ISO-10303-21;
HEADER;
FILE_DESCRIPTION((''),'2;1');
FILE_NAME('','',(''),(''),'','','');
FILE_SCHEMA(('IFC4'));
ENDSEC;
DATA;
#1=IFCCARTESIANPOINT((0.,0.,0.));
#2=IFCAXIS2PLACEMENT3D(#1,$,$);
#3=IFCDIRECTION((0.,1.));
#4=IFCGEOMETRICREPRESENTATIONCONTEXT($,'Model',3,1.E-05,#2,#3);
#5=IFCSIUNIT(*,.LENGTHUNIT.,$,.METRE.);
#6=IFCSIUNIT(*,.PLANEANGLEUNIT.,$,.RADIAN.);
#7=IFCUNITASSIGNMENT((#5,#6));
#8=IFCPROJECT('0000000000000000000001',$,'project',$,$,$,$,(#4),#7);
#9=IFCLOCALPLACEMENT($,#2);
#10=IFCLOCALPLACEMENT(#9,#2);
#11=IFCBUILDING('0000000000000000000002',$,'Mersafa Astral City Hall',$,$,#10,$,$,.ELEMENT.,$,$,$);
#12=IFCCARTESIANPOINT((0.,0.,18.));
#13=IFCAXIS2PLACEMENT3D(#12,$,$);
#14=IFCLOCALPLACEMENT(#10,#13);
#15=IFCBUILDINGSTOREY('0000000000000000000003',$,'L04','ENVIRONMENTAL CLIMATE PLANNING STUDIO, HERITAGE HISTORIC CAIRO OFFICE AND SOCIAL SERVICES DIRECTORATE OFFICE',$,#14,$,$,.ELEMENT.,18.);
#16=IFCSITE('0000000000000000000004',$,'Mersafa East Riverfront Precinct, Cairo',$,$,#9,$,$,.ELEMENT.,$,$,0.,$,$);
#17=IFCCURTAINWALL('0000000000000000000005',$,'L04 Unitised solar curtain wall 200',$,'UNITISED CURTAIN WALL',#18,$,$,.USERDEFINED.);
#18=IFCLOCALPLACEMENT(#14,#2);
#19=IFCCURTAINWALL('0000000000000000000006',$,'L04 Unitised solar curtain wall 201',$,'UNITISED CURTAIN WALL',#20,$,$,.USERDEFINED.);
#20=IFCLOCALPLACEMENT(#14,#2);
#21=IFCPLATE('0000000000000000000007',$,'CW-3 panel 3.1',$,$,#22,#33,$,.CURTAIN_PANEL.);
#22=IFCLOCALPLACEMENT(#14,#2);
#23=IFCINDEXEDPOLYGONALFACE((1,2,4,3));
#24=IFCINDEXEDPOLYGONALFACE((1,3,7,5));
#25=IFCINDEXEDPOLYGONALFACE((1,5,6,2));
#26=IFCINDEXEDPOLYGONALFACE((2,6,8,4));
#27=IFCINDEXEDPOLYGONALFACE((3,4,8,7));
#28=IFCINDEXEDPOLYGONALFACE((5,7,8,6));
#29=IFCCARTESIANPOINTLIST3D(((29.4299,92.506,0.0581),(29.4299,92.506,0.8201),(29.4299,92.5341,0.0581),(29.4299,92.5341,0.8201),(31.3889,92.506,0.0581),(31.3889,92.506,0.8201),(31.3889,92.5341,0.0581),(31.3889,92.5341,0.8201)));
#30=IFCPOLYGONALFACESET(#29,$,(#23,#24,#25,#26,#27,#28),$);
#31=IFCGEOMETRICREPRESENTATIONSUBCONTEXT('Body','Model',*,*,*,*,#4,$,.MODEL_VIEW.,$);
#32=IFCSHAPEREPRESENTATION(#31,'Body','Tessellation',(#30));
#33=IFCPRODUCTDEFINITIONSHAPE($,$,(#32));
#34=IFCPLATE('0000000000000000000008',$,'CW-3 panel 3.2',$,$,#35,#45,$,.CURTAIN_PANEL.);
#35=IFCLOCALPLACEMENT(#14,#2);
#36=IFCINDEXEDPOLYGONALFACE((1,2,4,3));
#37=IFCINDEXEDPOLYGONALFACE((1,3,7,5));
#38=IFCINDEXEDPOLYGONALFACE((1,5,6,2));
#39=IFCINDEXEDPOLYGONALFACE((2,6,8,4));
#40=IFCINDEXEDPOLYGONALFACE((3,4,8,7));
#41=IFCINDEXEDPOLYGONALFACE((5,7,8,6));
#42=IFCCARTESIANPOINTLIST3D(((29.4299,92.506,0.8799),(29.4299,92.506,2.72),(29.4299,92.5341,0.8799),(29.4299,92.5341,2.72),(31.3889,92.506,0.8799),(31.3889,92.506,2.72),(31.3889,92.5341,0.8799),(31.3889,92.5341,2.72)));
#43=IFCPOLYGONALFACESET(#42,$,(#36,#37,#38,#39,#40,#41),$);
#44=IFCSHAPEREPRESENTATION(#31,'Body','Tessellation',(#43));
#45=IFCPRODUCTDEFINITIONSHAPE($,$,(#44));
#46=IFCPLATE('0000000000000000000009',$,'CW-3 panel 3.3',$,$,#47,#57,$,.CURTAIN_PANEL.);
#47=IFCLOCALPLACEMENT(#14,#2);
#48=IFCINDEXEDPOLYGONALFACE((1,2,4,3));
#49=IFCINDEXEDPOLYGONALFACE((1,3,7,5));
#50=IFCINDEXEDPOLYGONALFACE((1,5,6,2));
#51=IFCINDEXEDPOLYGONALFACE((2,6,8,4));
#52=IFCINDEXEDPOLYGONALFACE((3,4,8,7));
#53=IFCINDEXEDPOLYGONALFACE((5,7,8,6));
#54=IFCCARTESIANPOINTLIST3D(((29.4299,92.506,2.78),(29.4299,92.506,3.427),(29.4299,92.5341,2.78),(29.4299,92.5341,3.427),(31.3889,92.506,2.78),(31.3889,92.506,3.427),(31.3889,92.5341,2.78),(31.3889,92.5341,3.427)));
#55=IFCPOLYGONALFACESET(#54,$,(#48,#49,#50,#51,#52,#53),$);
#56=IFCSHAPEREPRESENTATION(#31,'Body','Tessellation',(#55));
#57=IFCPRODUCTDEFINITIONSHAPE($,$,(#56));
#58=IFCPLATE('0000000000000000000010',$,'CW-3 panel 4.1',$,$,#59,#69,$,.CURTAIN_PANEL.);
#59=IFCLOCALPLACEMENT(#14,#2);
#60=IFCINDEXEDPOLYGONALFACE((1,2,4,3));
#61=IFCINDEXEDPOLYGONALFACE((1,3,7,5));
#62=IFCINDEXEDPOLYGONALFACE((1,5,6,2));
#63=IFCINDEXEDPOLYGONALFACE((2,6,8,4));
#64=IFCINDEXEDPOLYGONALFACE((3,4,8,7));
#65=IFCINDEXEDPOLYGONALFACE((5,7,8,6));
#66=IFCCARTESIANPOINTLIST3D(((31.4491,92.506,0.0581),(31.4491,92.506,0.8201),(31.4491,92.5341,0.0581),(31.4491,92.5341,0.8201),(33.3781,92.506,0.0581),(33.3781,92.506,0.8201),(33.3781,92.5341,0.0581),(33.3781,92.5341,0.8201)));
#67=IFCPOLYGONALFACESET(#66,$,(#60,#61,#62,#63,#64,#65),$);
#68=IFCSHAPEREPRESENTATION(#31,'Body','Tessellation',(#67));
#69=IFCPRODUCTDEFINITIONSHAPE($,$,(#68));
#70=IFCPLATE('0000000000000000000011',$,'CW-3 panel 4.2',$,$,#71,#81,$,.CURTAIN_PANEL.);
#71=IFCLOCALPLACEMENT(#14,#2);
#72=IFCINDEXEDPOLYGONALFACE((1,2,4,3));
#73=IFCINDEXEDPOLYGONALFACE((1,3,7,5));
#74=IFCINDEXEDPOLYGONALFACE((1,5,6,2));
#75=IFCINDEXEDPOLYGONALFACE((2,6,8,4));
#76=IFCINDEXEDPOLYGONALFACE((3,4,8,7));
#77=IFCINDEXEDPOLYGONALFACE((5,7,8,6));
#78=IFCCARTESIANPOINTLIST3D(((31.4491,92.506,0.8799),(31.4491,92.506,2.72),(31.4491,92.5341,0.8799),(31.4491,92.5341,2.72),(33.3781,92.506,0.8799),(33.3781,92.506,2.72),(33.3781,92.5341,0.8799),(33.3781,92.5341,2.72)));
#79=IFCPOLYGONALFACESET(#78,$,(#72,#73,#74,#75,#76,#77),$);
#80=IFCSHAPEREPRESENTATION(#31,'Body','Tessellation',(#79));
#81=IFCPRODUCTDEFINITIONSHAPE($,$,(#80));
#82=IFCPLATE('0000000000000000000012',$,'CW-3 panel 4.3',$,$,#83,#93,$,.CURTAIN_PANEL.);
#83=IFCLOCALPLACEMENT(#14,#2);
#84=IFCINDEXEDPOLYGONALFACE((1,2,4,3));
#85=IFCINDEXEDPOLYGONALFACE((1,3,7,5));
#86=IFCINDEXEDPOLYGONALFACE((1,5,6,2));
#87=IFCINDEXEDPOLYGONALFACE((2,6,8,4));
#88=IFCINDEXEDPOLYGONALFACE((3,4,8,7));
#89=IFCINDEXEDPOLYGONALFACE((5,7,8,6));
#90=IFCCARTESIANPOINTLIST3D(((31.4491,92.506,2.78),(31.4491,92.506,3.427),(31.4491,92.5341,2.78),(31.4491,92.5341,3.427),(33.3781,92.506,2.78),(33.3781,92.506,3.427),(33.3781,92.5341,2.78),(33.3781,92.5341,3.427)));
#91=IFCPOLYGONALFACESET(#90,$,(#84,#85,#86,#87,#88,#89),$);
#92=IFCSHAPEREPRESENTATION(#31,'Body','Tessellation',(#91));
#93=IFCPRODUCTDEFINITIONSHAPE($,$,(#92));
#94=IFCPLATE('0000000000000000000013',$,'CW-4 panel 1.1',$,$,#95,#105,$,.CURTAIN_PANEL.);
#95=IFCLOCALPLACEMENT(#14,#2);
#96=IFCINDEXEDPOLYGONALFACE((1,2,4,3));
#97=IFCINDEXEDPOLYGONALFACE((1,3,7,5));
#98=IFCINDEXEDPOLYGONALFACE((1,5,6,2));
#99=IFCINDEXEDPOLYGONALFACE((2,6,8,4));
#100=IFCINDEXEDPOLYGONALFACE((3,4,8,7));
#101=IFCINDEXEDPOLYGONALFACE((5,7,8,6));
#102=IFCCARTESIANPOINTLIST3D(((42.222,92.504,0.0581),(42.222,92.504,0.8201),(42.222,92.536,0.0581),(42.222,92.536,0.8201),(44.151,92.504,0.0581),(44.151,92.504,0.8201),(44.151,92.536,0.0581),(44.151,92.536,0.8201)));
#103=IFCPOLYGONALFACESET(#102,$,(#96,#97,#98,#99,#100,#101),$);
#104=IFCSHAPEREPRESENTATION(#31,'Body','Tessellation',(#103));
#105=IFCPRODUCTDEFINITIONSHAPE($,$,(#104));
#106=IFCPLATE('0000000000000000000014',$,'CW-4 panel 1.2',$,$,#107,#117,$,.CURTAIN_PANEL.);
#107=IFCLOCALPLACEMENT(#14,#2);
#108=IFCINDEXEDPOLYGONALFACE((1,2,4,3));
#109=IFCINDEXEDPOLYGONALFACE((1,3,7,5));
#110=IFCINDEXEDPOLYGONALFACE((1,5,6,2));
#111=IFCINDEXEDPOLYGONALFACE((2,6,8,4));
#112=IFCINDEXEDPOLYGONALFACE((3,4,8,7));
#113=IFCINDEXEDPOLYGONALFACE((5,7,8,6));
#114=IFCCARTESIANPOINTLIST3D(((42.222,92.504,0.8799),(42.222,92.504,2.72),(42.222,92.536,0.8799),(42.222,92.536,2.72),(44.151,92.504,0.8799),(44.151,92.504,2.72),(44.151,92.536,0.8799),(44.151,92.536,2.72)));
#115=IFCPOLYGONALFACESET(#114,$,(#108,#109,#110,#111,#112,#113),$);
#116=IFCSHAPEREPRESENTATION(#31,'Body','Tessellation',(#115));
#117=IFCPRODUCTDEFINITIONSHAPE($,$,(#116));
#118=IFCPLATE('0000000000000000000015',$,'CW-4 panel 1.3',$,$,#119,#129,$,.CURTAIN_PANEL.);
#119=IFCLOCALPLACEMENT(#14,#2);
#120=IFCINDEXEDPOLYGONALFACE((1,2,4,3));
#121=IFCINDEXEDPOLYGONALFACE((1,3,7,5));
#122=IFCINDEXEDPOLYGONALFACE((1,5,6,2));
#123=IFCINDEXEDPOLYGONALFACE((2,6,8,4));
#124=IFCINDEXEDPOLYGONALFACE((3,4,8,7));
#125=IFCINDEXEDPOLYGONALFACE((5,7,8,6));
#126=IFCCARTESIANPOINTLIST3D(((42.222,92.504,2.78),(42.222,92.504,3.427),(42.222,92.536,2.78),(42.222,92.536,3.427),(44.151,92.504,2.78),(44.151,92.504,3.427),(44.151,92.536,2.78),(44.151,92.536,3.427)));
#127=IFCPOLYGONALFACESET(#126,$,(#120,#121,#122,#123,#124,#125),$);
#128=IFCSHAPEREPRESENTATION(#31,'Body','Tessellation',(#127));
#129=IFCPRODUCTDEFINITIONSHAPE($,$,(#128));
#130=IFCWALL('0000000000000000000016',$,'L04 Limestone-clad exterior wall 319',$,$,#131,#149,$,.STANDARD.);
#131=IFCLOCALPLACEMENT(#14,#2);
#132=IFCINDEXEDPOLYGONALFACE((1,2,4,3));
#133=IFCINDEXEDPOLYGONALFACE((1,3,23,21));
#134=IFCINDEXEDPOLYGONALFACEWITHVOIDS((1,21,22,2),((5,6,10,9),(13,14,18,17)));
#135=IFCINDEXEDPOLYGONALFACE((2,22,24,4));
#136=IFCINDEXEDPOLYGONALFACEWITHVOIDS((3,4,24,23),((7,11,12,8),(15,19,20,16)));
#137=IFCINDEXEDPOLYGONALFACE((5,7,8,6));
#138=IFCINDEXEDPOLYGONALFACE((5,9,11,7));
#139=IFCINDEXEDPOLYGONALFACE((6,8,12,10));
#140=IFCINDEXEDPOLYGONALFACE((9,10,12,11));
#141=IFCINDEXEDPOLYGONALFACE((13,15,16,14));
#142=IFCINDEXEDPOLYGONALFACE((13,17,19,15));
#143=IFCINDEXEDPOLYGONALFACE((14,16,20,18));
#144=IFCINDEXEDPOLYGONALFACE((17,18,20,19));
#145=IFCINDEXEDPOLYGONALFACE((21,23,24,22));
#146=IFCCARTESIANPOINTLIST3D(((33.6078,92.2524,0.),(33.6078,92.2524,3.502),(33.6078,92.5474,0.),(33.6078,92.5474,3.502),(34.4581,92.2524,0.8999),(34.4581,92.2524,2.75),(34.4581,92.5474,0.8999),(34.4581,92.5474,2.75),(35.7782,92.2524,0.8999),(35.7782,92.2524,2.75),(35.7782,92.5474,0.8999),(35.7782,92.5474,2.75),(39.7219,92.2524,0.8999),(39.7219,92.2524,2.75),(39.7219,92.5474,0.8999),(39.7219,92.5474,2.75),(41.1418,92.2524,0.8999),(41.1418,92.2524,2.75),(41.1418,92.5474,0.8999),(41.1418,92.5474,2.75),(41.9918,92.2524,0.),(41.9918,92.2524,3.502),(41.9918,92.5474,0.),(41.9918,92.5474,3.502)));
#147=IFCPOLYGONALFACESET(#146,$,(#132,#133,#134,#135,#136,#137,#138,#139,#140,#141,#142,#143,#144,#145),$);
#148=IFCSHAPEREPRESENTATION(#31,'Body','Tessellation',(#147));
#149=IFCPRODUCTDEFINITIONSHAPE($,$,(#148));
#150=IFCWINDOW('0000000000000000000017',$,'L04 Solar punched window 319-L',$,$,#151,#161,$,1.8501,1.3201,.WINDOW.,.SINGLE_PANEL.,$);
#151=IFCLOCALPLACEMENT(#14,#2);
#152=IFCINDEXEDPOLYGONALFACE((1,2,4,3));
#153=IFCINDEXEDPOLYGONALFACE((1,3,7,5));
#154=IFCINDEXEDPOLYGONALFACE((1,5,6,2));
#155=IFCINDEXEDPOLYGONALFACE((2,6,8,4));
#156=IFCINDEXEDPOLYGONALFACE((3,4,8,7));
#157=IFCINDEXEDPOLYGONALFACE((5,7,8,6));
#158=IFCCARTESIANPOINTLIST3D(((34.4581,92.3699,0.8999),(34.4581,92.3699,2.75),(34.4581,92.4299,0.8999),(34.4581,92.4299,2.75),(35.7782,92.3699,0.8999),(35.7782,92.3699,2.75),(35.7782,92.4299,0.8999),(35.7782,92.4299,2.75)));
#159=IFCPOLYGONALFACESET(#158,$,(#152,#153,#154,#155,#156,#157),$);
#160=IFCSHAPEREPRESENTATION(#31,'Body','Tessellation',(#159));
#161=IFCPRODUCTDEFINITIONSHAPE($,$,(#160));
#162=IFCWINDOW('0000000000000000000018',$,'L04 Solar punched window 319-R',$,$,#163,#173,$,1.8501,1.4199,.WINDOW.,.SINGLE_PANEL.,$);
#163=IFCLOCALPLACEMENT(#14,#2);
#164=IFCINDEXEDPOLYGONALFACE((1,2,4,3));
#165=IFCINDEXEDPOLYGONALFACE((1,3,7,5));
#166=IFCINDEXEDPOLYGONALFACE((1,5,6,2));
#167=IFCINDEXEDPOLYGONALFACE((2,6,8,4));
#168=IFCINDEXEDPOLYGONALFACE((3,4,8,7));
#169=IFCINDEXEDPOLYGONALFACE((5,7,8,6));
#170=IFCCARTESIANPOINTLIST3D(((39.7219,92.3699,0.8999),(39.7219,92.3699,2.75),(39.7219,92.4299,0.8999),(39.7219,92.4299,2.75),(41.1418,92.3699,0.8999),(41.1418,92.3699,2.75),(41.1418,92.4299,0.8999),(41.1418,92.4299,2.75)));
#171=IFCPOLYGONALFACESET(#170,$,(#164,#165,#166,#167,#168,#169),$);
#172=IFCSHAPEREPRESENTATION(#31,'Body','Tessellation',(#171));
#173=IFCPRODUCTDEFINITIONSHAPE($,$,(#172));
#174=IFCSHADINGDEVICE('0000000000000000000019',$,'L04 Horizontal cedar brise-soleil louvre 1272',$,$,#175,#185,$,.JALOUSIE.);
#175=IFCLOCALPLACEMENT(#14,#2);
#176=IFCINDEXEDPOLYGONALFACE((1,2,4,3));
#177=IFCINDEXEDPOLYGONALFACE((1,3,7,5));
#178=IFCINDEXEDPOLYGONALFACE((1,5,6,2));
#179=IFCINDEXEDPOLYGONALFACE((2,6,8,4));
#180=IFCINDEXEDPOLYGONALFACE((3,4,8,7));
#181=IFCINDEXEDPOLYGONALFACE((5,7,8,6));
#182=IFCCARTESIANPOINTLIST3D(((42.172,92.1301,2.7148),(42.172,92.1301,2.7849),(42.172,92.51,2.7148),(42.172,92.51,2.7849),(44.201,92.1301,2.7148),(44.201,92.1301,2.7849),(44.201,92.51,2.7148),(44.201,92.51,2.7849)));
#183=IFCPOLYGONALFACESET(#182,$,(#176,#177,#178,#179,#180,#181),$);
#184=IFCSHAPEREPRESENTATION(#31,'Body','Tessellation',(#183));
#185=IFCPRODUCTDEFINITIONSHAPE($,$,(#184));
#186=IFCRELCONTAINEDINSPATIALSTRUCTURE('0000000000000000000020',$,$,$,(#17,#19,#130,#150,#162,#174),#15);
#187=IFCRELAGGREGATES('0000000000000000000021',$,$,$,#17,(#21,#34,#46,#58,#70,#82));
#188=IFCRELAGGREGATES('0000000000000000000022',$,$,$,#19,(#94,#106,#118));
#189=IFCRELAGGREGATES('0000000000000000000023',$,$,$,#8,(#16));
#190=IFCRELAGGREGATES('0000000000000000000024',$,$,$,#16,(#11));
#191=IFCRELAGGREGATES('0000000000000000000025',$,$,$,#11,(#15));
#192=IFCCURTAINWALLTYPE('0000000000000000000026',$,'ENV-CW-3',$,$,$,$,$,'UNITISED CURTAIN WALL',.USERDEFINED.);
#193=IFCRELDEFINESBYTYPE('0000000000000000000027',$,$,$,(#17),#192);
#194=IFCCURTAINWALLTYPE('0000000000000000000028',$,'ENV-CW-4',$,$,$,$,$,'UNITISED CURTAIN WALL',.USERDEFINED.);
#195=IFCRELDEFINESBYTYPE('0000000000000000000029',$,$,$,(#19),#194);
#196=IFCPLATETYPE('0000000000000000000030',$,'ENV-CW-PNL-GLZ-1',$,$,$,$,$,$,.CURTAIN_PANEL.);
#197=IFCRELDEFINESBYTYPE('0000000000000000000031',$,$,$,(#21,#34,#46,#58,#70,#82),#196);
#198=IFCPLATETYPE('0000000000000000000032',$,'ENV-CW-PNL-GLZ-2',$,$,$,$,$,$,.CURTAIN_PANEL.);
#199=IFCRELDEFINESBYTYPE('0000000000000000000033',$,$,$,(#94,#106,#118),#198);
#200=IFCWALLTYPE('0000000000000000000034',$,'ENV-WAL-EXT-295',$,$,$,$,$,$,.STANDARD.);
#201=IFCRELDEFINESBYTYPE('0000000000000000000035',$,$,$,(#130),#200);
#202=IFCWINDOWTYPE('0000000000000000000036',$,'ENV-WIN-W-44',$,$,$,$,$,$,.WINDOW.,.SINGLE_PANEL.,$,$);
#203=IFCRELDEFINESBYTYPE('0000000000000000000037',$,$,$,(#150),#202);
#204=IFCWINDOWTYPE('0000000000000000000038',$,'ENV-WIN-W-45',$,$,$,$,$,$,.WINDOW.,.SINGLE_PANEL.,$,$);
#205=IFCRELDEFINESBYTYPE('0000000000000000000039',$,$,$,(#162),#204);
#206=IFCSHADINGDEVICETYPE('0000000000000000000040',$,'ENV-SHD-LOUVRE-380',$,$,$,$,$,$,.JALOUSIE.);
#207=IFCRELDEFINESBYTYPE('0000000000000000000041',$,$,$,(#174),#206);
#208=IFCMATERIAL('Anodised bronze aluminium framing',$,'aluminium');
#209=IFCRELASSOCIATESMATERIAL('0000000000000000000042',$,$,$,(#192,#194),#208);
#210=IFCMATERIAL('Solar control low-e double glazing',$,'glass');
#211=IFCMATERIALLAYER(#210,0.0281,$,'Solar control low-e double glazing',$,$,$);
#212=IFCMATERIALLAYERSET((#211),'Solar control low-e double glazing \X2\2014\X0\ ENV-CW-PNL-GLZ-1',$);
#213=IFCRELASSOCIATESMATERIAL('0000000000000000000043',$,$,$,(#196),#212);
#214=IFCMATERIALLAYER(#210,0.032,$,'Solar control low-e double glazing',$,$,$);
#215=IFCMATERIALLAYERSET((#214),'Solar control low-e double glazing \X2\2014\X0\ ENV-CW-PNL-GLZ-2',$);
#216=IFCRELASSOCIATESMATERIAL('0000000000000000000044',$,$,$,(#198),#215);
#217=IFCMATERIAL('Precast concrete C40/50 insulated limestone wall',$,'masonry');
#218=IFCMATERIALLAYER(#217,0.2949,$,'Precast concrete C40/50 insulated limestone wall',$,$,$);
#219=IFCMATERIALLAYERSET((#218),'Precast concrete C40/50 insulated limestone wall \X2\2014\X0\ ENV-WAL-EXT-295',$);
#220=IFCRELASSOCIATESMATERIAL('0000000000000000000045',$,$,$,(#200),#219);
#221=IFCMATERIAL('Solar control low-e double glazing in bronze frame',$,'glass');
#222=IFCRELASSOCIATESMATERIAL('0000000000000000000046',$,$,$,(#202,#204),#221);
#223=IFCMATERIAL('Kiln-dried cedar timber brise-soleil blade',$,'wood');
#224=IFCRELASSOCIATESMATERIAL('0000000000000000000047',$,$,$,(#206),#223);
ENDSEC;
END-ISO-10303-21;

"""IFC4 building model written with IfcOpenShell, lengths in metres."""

from ifc_helpers import new_model, si_unit, direction, frame, frame_2d, origin, origin_2d, place, context, subcontext, project, spatial, rectangle, extrude, material, layer, layer_set, type_object, element, fill, aggregate, save


model = new_model("IFC4")

# Units and contexts
model_context = context("Model", 3, precision=1e-05, world=origin(), true_north=direction((0.0, 1.0)))
body_context = subcontext(model_context, "Body", "Model", "MODEL_VIEW")
ifc_project = project(units=[si_unit("LENGTHUNIT", "METRE"), si_unit("PLANEANGLEUNIT", "RADIAN")], contexts=[model_context])

# Site, building, storey
site_placement = place(None, origin())
site = spatial("IfcSite", under=ifc_project, at=site_placement, Name="Mersafa East Riverfront Precinct, Cairo", CompositionType="ELEMENT", RefElevation=0.0)
building_placement = place(site_placement, origin())
building = spatial("IfcBuilding", under=site, at=building_placement, Name="Mersafa Astral City Hall", CompositionType="ELEMENT")
storey_placement = place(building_placement, frame((0.0, 0.0, 18.0)))
storey = spatial("IfcBuildingStorey", under=building, at=storey_placement, Name="L04", Description="ENVIRONMENTAL CLIMATE PLANNING STUDIO, HERITAGE HISTORIC CAIRO OFFICE AND SOCIAL SERVICES DIRECTORATE OFFICE", CompositionType="ELEMENT", Elevation=18.0)

# Curtain walls
ifc_material_1 = material(Name="Anodised bronze aluminium framing", Category="aluminium")
curtain_wall_type_1 = type_object("IfcCurtainWallType", Name="ENV-CW-3", ElementType="UNITISED CURTAIN WALL", PredefinedType="USERDEFINED", material=ifc_material_1)
curtain_wall_1_placement = place(storey_placement, origin())
curtain_wall_1 = element("IfcCurtainWall", 1, at=curtain_wall_1_placement, inside=storey, type_object=curtain_wall_type_1, Name="L04 Unitised solar curtain wall 200", ObjectType="UNITISED CURTAIN WALL", PredefinedType="USERDEFINED")
curtain_wall_type_2 = type_object("IfcCurtainWallType", Name="ENV-CW-4", ElementType="UNITISED CURTAIN WALL", PredefinedType="USERDEFINED", material=ifc_material_1)
curtain_wall_2_placement = place(storey_placement, origin())
curtain_wall_2 = element("IfcCurtainWall", 2, at=curtain_wall_2_placement, inside=storey, type_object=curtain_wall_type_2, Name="L04 Unitised solar curtain wall 201", ObjectType="UNITISED CURTAIN WALL", PredefinedType="USERDEFINED")

# Plates
ifc_material_2 = material(Name="Solar control low-e double glazing", Category="glass")
ifc_layer_1 = layer(ifc_material_2, 0.0281, Name="Solar control low-e double glazing")
ifc_layer_set_1 = layer_set([ifc_layer_1], Name="Solar control low-e double glazing — ENV-CW-PNL-GLZ-1")
plate_type_1 = type_object("IfcPlateType", Name="ENV-CW-PNL-GLZ-1", PredefinedType="CURTAIN_PANEL", material=ifc_layer_set_1)
plate_1_placement = place(storey_placement, frame((30.4094, 92.52, 0.0581), z_axis=(0.0, 0.0, 1.0), x_axis=(1.0, 0.0, 0.0)))
plate_1 = element("IfcPlate", 3, at=plate_1_placement, type_object=plate_type_1, Name="CW-3 panel 3.1", PredefinedType="CURTAIN_PANEL", context=body_context, shape_type="SweptSolid", body=[
    extrude(rectangle(XDim=1.959, YDim=0.0281, at=origin_2d()), origin(), (0.0, 0.0, 1.0), 0.762),
])
plate_2_placement = place(storey_placement, frame((30.4094, 92.52, 0.8799), z_axis=(0.0, 0.0, 1.0), x_axis=(1.0, 0.0, 0.0)))
plate_2 = element("IfcPlate", 4, at=plate_2_placement, type_object=plate_type_1, Name="CW-3 panel 3.2", PredefinedType="CURTAIN_PANEL", context=body_context, shape_type="SweptSolid", body=[
    extrude(rectangle(XDim=1.959, YDim=0.0281, at=origin_2d()), origin(), (0.0, 0.0, 1.0), 1.8401),
])
plate_3_placement = place(storey_placement, frame((30.4094, 92.52, 2.78), z_axis=(0.0, 0.0, 1.0), x_axis=(1.0, 0.0, 0.0)))
plate_3 = element("IfcPlate", 5, at=plate_3_placement, type_object=plate_type_1, Name="CW-3 panel 3.3", PredefinedType="CURTAIN_PANEL", context=body_context, shape_type="SweptSolid", body=[
    extrude(rectangle(XDim=1.959, YDim=0.0281, at=origin_2d()), origin(), (0.0, 0.0, 1.0), 0.647),
])
plate_4_placement = place(storey_placement, frame((32.4136, 92.52, 0.0581), z_axis=(0.0, 0.0, 1.0), x_axis=(1.0, 0.0, 0.0)))
plate_4 = element("IfcPlate", 6, at=plate_4_placement, type_object=plate_type_1, Name="CW-3 panel 4.1", PredefinedType="CURTAIN_PANEL", context=body_context, shape_type="SweptSolid", body=[
    extrude(rectangle(XDim=1.929, YDim=0.0281, at=origin_2d()), origin(), (0.0, 0.0, 1.0), 0.762),
])
plate_5_placement = place(storey_placement, frame((32.4136, 92.52, 0.8799), z_axis=(0.0, 0.0, 1.0), x_axis=(1.0, 0.0, 0.0)))
plate_5 = element("IfcPlate", 7, at=plate_5_placement, type_object=plate_type_1, Name="CW-3 panel 4.2", PredefinedType="CURTAIN_PANEL", context=body_context, shape_type="SweptSolid", body=[
    extrude(rectangle(XDim=1.929, YDim=0.0281, at=origin_2d()), origin(), (0.0, 0.0, 1.0), 1.8401),
])
plate_6_placement = place(storey_placement, frame((32.4136, 92.52, 2.78), z_axis=(0.0, 0.0, 1.0), x_axis=(1.0, 0.0, 0.0)))
plate_6 = element("IfcPlate", 8, at=plate_6_placement, type_object=plate_type_1, Name="CW-3 panel 4.3", PredefinedType="CURTAIN_PANEL", context=body_context, shape_type="SweptSolid", body=[
    extrude(rectangle(XDim=1.929, YDim=0.0281, at=origin_2d()), origin(), (0.0, 0.0, 1.0), 0.647),
])
aggregate(curtain_wall_1, [plate_1, plate_2, plate_3, plate_4, plate_5, plate_6])
ifc_layer_2 = layer(ifc_material_2, 0.032, Name="Solar control low-e double glazing")
ifc_layer_set_2 = layer_set([ifc_layer_2], Name="Solar control low-e double glazing — ENV-CW-PNL-GLZ-2")
plate_type_2 = type_object("IfcPlateType", Name="ENV-CW-PNL-GLZ-2", PredefinedType="CURTAIN_PANEL", material=ifc_layer_set_2)
plate_7_placement = place(storey_placement, frame((43.1865, 92.52, 0.0581), z_axis=(0.0, 0.0, 1.0), x_axis=(1.0, 0.0, 0.0)))
plate_7 = element("IfcPlate", 9, at=plate_7_placement, type_object=plate_type_2, Name="CW-4 panel 1.1", PredefinedType="CURTAIN_PANEL", context=body_context, shape_type="SweptSolid", body=[
    extrude(rectangle(XDim=1.929, YDim=0.032, at=origin_2d()), origin(), (0.0, 0.0, 1.0), 0.762),
])
plate_8_placement = place(storey_placement, frame((43.1865, 92.52, 0.8799), z_axis=(0.0, 0.0, 1.0), x_axis=(1.0, 0.0, 0.0)))
plate_8 = element("IfcPlate", 10, at=plate_8_placement, type_object=plate_type_2, Name="CW-4 panel 1.2", PredefinedType="CURTAIN_PANEL", context=body_context, shape_type="SweptSolid", body=[
    extrude(rectangle(XDim=1.929, YDim=0.032, at=origin_2d()), origin(), (0.0, 0.0, 1.0), 1.8401),
])
plate_9_placement = place(storey_placement, frame((43.1865, 92.52, 2.78), z_axis=(0.0, 0.0, 1.0), x_axis=(1.0, 0.0, 0.0)))
plate_9 = element("IfcPlate", 11, at=plate_9_placement, type_object=plate_type_2, Name="CW-4 panel 1.3", PredefinedType="CURTAIN_PANEL", context=body_context, shape_type="SweptSolid", body=[
    extrude(rectangle(XDim=1.929, YDim=0.032, at=origin_2d()), origin(), (0.0, 0.0, 1.0), 0.647),
])
aggregate(curtain_wall_2, [plate_7, plate_8, plate_9])

# Wall, openings, windows
ifc_material_3 = material(Name="Precast concrete C40/50 insulated limestone wall", Category="masonry")
ifc_layer_3 = layer(ifc_material_3, 0.2949, Name="Precast concrete C40/50 insulated limestone wall")
ifc_layer_set_3 = layer_set([ifc_layer_3], Name="Precast concrete C40/50 insulated limestone wall — ENV-WAL-EXT-295")
wall_type = type_object("IfcWallType", Name="ENV-WAL-EXT-295", PredefinedType="STANDARD", material=ifc_layer_set_3)
wall_placement = place(storey_placement, frame((33.6079, 92.3999, 0.0), z_axis=(0.0, 0.0, 1.0), x_axis=(1.0, 0.0, 0.0)))
wall = element("IfcWall", 12, at=wall_placement, inside=storey, type_object=wall_type, Name="L04 Limestone-clad exterior wall 319", PredefinedType="STANDARD", context=body_context, shape_type="SweptSolid", body=[
    extrude(rectangle(XDim=8.384, YDim=0.2949, at=frame_2d((4.1919, 0.0))), origin(), (0.0, 0.0, 1.0), 3.502),
])
opening_1_placement = place(wall_placement, frame((0.8501, 0.0, 0.8999)))
opening_1 = element("IfcOpeningElement", 13, at=opening_1_placement, cuts=wall, PredefinedType="OPENING", context=body_context, shape_type="SweptSolid", body=[
    extrude(rectangle(XDim=1.3201, YDim=1.8501, at=frame_2d((0.6602, 0.925))), frame((0.0, 0.1575, 0.0), z_axis=(0.0, -1.0, 0.0), x_axis=(1.0, 0.0, 0.0)), (0.0, 0.0, 1.0), 0.3149),
])
opening_2_placement = place(wall_placement, frame((6.114, 0.0, 0.8999)))
opening_2 = element("IfcOpeningElement", 14, at=opening_2_placement, cuts=wall, PredefinedType="OPENING", context=body_context, shape_type="SweptSolid", body=[
    extrude(rectangle(XDim=1.4199, YDim=1.8501, at=frame_2d((0.71, 0.925))), frame((0.0, 0.1575, 0.0), z_axis=(0.0, -1.0, 0.0), x_axis=(1.0, 0.0, 0.0)), (0.0, 0.0, 1.0), 0.3149),
])
ifc_material_4 = material(Name="Solar control low-e double glazing in bronze frame", Category="glass")
window_type_1 = type_object("IfcWindowType", Name="ENV-WIN-W-44", PartitioningType="SINGLE_PANEL", PredefinedType="WINDOW", material=ifc_material_4)
window_1_placement = place(opening_1_placement, origin())
window_1 = element("IfcWindow", 15, at=window_1_placement, inside=storey, type_object=window_type_1, Name="L04 Solar punched window 319-L", OverallHeight=1.8501, OverallWidth=1.3201, PartitioningType="SINGLE_PANEL", PredefinedType="WINDOW", context=body_context, shape_type="SweptSolid", body=[
    extrude(rectangle(XDim=1.3201, YDim=1.8501, at=frame_2d((0.6602, 0.925))), frame((0.0, 0.03, 0.0), z_axis=(0.0, -1.0, 0.0), x_axis=(1.0, 0.0, 0.0)), (0.0, 0.0, 1.0), 0.0601),
])
fill(opening_1, window_1)
window_type_2 = type_object("IfcWindowType", Name="ENV-WIN-W-45", PartitioningType="SINGLE_PANEL", PredefinedType="WINDOW", material=ifc_material_4)
window_2_placement = place(opening_2_placement, origin())
window_2 = element("IfcWindow", 16, at=window_2_placement, inside=storey, type_object=window_type_2, Name="L04 Solar punched window 319-R", OverallHeight=1.8501, OverallWidth=1.4199, PartitioningType="SINGLE_PANEL", PredefinedType="WINDOW", context=body_context, shape_type="SweptSolid", body=[
    extrude(rectangle(XDim=1.4199, YDim=1.8501, at=frame_2d((0.71, 0.925))), frame((0.0, 0.03, 0.0), z_axis=(0.0, -1.0, 0.0), x_axis=(1.0, 0.0, 0.0)), (0.0, 0.0, 1.0), 0.0601),
])
fill(opening_2, window_2)

# Shading device
ifc_material_5 = material(Name="Kiln-dried cedar timber brise-soleil blade", Category="wood")
shading_device_type = type_object("IfcShadingDeviceType", Name="ENV-SHD-LOUVRE-380", PredefinedType="JALOUSIE", material=ifc_material_5)
shading_device_placement = place(storey_placement, frame((43.1865, 92.3201, 2.7148), z_axis=(0.0, 0.0, 1.0), x_axis=(1.0, 0.0, 0.0)))
element("IfcShadingDevice", 17, at=shading_device_placement, inside=storey, type_object=shading_device_type, Name="L04 Horizontal cedar brise-soleil louvre 1272", PredefinedType="JALOUSIE", context=body_context, shape_type="SweptSolid", body=[
    extrude(rectangle(XDim=2.0291, YDim=0.3799, at=origin_2d()), origin(), (0.0, 0.0, 1.0), 0.0701),
])

save(model, "model.ifc")
